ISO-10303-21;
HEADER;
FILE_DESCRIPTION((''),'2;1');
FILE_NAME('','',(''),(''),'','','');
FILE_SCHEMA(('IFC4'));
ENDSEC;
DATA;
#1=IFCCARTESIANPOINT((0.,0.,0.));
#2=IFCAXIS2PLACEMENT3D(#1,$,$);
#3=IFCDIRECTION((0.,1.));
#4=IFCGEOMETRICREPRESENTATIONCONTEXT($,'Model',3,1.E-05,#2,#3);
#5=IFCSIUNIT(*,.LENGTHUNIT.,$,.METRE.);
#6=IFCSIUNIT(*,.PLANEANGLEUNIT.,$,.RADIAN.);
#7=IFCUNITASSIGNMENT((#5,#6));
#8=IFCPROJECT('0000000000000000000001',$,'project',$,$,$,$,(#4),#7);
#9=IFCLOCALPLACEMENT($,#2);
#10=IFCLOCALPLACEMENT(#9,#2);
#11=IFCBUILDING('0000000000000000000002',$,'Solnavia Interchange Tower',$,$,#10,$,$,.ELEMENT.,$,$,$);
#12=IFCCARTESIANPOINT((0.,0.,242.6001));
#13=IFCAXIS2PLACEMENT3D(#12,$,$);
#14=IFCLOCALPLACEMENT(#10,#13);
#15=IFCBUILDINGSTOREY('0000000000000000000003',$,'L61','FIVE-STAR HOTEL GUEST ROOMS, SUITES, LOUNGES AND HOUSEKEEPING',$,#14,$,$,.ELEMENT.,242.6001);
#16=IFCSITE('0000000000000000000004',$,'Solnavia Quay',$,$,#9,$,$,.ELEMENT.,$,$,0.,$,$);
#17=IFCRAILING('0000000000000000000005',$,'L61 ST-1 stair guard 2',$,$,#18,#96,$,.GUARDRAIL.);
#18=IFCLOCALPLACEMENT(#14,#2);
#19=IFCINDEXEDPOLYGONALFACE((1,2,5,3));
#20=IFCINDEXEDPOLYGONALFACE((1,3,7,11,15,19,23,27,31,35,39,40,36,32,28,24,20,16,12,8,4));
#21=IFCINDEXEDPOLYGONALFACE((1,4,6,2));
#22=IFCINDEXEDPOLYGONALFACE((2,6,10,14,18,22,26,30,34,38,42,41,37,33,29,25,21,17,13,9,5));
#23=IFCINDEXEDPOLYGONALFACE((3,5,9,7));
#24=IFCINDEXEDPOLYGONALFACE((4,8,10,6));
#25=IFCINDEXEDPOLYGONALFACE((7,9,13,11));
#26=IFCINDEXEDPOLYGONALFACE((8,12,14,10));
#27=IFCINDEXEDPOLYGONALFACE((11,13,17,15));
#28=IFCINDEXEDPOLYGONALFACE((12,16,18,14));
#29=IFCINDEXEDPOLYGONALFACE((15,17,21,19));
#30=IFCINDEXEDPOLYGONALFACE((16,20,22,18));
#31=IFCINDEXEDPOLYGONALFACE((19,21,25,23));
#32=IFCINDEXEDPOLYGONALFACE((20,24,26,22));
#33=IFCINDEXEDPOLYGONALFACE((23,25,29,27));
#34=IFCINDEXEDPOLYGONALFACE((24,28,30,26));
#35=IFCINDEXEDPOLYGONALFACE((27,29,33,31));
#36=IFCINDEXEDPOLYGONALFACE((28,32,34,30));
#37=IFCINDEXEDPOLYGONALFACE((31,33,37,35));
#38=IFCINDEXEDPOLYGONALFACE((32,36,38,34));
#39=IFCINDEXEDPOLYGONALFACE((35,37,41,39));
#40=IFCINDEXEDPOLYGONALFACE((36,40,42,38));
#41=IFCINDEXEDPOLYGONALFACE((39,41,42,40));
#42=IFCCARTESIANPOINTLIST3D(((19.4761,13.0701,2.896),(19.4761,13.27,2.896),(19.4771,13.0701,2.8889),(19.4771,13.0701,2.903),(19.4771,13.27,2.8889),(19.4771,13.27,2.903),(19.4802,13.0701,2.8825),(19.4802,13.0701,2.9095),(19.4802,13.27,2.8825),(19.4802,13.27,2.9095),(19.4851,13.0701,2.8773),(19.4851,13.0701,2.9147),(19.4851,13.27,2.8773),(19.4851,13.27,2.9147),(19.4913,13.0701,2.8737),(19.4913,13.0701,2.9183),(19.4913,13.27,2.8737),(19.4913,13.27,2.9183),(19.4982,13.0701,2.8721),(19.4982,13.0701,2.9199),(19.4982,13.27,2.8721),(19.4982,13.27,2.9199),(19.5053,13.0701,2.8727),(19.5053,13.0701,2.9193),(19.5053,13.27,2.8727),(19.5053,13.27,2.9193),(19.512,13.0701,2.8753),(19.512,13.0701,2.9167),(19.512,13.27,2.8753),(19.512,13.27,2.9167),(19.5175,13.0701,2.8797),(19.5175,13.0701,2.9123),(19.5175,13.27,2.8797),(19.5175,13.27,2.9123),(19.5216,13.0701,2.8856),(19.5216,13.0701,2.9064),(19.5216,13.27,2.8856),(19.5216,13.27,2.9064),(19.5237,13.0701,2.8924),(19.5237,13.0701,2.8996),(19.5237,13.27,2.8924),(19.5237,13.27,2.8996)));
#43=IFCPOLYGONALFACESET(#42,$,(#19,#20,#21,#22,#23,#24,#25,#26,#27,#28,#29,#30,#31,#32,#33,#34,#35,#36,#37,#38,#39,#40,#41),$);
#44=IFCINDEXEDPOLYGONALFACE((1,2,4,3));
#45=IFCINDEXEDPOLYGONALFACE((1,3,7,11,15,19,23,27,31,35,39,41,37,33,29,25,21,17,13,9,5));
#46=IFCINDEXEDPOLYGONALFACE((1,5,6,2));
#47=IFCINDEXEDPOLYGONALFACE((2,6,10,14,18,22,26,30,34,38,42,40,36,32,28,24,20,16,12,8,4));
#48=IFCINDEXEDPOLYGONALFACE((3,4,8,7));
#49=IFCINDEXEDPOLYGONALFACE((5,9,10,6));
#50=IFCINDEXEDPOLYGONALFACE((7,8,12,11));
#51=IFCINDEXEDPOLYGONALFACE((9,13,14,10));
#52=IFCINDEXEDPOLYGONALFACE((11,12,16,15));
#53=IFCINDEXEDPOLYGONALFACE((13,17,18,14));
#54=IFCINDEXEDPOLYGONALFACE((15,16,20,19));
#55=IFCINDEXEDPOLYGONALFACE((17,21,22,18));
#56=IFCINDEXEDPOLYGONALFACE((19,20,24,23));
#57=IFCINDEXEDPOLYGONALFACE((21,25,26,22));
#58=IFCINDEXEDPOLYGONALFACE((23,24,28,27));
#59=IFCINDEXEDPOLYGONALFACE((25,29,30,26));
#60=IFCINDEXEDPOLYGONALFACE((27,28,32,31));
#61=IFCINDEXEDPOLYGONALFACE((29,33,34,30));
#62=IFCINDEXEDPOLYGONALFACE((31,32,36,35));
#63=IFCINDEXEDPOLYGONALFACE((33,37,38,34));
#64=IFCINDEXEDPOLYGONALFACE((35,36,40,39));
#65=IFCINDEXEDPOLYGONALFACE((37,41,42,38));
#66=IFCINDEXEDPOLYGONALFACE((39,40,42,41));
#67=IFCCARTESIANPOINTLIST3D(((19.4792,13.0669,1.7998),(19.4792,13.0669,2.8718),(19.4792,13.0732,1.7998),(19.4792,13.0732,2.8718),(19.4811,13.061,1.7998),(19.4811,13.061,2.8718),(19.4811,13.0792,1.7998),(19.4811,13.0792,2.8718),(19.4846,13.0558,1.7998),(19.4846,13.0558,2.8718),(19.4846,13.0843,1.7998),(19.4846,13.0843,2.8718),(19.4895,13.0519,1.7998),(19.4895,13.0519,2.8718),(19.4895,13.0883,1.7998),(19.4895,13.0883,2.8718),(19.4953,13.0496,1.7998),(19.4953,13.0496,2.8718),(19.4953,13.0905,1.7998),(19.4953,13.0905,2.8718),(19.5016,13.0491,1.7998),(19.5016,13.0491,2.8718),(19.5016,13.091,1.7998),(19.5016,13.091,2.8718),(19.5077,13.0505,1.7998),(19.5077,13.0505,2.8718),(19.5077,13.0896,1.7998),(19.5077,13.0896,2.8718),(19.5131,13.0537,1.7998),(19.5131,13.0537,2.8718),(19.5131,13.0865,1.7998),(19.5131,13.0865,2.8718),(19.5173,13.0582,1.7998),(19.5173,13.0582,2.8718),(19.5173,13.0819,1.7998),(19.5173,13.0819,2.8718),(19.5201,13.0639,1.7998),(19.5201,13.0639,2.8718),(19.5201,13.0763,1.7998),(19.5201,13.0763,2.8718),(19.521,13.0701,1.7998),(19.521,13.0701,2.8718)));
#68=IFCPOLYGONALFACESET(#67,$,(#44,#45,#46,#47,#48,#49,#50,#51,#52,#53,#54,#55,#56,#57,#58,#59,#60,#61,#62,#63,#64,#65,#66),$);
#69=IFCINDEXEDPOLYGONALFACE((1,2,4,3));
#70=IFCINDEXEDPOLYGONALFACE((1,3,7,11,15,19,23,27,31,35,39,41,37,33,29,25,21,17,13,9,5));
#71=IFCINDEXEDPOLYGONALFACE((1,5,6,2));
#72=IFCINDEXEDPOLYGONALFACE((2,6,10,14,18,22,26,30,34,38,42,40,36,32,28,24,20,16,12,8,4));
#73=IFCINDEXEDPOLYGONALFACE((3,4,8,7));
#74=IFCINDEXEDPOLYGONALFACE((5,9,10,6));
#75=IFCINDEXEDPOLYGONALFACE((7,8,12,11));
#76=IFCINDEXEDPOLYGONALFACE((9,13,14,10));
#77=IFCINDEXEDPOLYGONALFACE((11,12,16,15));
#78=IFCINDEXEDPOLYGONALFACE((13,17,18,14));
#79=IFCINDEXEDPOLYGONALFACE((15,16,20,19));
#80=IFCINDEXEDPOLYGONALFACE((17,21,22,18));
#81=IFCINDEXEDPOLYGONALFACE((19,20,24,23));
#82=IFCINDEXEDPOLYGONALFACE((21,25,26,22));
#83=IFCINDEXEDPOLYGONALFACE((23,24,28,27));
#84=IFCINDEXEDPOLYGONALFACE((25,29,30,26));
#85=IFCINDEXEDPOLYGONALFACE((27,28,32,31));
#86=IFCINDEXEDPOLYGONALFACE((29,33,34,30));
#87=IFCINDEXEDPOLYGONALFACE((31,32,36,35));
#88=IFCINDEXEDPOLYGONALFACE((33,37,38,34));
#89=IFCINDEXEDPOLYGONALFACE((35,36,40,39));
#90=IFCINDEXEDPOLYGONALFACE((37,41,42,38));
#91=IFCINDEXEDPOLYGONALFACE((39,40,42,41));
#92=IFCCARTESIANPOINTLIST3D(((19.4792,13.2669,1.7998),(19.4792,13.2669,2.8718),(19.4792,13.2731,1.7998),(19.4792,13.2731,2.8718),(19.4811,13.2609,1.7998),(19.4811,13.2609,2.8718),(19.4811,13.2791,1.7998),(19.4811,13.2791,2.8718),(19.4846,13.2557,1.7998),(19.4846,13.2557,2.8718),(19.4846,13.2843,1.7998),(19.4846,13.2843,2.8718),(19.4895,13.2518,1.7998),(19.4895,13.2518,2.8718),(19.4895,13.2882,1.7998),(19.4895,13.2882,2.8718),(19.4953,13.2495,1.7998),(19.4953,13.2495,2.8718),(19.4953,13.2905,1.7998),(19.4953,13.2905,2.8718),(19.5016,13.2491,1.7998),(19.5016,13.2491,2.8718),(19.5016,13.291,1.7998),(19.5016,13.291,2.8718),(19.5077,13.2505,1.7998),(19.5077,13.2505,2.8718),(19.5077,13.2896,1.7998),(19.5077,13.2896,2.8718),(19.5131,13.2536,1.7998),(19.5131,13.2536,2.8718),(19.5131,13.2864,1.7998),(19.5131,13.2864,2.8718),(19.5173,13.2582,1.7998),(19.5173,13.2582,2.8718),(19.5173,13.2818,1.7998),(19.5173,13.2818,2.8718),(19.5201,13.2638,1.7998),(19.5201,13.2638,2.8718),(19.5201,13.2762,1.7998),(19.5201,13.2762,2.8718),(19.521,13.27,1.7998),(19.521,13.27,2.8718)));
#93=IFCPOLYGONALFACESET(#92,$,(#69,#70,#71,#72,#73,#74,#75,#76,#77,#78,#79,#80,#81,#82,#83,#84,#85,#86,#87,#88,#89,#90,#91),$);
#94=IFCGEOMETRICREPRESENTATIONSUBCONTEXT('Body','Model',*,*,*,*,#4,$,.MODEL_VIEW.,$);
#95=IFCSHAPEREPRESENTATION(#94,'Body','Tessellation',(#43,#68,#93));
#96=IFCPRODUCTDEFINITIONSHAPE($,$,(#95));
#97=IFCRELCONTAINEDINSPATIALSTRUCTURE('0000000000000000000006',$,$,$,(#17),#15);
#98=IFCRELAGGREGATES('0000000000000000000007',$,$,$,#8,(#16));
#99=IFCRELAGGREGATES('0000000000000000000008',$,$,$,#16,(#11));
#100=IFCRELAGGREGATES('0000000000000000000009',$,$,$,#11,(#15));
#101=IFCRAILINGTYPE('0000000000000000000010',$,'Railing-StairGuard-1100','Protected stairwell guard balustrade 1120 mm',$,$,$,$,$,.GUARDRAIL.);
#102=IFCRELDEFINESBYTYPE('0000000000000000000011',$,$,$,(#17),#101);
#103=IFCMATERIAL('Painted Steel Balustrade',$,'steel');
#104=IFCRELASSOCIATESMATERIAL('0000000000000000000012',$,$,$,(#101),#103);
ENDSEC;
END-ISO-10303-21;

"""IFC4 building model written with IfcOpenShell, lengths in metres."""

from ifc_helpers import new_model, si_unit, direction, frame, origin, origin_2d, place, context, subcontext, project, spatial, circle, extrude, material, type_object, element, save


model = new_model("IFC4")

# Units and contexts
model_context = context("Model", 3, precision=1e-05, world=origin(), true_north=direction((0.0, 1.0)))
body_context = subcontext(model_context, "Body", "Model", "MODEL_VIEW")
ifc_project = project(units=[si_unit("LENGTHUNIT", "METRE"), si_unit("PLANEANGLEUNIT", "RADIAN")], contexts=[model_context])

# Site, building, storey
site_placement = place(None, origin())
site = spatial("IfcSite", under=ifc_project, at=site_placement, Name="Solnavia Quay", CompositionType="ELEMENT", RefElevation=0.0)
building_placement = place(site_placement, origin())
building = spatial("IfcBuilding", under=site, at=building_placement, Name="Solnavia Interchange Tower", CompositionType="ELEMENT")
storey_placement = place(building_placement, frame((0.0, 0.0, 242.6001)))
storey = spatial("IfcBuildingStorey", under=building, at=storey_placement, Name="L61", Description="FIVE-STAR HOTEL GUEST ROOMS, SUITES, LOUNGES AND HOUSEKEEPING", CompositionType="ELEMENT", Elevation=242.6001)

# Railing
ifc_material_1 = material(Name="Painted Steel Balustrade", Category="steel")
railing_type_1 = type_object("IfcRailingType", Name="Railing-StairGuard-1100", Description="Protected stairwell guard balustrade 1120 mm", PredefinedType="GUARDRAIL", material=ifc_material_1)
railing_1_placement = place(storey_placement, frame((19.5, 13.0701, 1.7998)))
element("IfcRailing", 1, at=railing_1_placement, inside=storey, type_object=railing_type_1, Name="L61 ST-1 stair guard 2", PredefinedType="GUARDRAIL", context=body_context, shape_type="SweptSolid", body=[
    extrude(circle(Radius=0.0239, at=origin_2d()), frame((0.0, 0.0, 1.0962), z_axis=(0.0, 1.0, 0.0), x_axis=(-1.0, 0.0, 0.0)), (0.0, 0.0, 1.0), 0.2),
    extrude(circle(Radius=0.021, at=origin_2d()), origin(), (0.0, 0.0, 1.0), 1.072),
    extrude(circle(Radius=0.021, at=origin_2d()), frame((0.0, 0.2, 0.0)), (0.0, 0.0, 1.0), 1.072),
])

save(model, "model.ifc")
